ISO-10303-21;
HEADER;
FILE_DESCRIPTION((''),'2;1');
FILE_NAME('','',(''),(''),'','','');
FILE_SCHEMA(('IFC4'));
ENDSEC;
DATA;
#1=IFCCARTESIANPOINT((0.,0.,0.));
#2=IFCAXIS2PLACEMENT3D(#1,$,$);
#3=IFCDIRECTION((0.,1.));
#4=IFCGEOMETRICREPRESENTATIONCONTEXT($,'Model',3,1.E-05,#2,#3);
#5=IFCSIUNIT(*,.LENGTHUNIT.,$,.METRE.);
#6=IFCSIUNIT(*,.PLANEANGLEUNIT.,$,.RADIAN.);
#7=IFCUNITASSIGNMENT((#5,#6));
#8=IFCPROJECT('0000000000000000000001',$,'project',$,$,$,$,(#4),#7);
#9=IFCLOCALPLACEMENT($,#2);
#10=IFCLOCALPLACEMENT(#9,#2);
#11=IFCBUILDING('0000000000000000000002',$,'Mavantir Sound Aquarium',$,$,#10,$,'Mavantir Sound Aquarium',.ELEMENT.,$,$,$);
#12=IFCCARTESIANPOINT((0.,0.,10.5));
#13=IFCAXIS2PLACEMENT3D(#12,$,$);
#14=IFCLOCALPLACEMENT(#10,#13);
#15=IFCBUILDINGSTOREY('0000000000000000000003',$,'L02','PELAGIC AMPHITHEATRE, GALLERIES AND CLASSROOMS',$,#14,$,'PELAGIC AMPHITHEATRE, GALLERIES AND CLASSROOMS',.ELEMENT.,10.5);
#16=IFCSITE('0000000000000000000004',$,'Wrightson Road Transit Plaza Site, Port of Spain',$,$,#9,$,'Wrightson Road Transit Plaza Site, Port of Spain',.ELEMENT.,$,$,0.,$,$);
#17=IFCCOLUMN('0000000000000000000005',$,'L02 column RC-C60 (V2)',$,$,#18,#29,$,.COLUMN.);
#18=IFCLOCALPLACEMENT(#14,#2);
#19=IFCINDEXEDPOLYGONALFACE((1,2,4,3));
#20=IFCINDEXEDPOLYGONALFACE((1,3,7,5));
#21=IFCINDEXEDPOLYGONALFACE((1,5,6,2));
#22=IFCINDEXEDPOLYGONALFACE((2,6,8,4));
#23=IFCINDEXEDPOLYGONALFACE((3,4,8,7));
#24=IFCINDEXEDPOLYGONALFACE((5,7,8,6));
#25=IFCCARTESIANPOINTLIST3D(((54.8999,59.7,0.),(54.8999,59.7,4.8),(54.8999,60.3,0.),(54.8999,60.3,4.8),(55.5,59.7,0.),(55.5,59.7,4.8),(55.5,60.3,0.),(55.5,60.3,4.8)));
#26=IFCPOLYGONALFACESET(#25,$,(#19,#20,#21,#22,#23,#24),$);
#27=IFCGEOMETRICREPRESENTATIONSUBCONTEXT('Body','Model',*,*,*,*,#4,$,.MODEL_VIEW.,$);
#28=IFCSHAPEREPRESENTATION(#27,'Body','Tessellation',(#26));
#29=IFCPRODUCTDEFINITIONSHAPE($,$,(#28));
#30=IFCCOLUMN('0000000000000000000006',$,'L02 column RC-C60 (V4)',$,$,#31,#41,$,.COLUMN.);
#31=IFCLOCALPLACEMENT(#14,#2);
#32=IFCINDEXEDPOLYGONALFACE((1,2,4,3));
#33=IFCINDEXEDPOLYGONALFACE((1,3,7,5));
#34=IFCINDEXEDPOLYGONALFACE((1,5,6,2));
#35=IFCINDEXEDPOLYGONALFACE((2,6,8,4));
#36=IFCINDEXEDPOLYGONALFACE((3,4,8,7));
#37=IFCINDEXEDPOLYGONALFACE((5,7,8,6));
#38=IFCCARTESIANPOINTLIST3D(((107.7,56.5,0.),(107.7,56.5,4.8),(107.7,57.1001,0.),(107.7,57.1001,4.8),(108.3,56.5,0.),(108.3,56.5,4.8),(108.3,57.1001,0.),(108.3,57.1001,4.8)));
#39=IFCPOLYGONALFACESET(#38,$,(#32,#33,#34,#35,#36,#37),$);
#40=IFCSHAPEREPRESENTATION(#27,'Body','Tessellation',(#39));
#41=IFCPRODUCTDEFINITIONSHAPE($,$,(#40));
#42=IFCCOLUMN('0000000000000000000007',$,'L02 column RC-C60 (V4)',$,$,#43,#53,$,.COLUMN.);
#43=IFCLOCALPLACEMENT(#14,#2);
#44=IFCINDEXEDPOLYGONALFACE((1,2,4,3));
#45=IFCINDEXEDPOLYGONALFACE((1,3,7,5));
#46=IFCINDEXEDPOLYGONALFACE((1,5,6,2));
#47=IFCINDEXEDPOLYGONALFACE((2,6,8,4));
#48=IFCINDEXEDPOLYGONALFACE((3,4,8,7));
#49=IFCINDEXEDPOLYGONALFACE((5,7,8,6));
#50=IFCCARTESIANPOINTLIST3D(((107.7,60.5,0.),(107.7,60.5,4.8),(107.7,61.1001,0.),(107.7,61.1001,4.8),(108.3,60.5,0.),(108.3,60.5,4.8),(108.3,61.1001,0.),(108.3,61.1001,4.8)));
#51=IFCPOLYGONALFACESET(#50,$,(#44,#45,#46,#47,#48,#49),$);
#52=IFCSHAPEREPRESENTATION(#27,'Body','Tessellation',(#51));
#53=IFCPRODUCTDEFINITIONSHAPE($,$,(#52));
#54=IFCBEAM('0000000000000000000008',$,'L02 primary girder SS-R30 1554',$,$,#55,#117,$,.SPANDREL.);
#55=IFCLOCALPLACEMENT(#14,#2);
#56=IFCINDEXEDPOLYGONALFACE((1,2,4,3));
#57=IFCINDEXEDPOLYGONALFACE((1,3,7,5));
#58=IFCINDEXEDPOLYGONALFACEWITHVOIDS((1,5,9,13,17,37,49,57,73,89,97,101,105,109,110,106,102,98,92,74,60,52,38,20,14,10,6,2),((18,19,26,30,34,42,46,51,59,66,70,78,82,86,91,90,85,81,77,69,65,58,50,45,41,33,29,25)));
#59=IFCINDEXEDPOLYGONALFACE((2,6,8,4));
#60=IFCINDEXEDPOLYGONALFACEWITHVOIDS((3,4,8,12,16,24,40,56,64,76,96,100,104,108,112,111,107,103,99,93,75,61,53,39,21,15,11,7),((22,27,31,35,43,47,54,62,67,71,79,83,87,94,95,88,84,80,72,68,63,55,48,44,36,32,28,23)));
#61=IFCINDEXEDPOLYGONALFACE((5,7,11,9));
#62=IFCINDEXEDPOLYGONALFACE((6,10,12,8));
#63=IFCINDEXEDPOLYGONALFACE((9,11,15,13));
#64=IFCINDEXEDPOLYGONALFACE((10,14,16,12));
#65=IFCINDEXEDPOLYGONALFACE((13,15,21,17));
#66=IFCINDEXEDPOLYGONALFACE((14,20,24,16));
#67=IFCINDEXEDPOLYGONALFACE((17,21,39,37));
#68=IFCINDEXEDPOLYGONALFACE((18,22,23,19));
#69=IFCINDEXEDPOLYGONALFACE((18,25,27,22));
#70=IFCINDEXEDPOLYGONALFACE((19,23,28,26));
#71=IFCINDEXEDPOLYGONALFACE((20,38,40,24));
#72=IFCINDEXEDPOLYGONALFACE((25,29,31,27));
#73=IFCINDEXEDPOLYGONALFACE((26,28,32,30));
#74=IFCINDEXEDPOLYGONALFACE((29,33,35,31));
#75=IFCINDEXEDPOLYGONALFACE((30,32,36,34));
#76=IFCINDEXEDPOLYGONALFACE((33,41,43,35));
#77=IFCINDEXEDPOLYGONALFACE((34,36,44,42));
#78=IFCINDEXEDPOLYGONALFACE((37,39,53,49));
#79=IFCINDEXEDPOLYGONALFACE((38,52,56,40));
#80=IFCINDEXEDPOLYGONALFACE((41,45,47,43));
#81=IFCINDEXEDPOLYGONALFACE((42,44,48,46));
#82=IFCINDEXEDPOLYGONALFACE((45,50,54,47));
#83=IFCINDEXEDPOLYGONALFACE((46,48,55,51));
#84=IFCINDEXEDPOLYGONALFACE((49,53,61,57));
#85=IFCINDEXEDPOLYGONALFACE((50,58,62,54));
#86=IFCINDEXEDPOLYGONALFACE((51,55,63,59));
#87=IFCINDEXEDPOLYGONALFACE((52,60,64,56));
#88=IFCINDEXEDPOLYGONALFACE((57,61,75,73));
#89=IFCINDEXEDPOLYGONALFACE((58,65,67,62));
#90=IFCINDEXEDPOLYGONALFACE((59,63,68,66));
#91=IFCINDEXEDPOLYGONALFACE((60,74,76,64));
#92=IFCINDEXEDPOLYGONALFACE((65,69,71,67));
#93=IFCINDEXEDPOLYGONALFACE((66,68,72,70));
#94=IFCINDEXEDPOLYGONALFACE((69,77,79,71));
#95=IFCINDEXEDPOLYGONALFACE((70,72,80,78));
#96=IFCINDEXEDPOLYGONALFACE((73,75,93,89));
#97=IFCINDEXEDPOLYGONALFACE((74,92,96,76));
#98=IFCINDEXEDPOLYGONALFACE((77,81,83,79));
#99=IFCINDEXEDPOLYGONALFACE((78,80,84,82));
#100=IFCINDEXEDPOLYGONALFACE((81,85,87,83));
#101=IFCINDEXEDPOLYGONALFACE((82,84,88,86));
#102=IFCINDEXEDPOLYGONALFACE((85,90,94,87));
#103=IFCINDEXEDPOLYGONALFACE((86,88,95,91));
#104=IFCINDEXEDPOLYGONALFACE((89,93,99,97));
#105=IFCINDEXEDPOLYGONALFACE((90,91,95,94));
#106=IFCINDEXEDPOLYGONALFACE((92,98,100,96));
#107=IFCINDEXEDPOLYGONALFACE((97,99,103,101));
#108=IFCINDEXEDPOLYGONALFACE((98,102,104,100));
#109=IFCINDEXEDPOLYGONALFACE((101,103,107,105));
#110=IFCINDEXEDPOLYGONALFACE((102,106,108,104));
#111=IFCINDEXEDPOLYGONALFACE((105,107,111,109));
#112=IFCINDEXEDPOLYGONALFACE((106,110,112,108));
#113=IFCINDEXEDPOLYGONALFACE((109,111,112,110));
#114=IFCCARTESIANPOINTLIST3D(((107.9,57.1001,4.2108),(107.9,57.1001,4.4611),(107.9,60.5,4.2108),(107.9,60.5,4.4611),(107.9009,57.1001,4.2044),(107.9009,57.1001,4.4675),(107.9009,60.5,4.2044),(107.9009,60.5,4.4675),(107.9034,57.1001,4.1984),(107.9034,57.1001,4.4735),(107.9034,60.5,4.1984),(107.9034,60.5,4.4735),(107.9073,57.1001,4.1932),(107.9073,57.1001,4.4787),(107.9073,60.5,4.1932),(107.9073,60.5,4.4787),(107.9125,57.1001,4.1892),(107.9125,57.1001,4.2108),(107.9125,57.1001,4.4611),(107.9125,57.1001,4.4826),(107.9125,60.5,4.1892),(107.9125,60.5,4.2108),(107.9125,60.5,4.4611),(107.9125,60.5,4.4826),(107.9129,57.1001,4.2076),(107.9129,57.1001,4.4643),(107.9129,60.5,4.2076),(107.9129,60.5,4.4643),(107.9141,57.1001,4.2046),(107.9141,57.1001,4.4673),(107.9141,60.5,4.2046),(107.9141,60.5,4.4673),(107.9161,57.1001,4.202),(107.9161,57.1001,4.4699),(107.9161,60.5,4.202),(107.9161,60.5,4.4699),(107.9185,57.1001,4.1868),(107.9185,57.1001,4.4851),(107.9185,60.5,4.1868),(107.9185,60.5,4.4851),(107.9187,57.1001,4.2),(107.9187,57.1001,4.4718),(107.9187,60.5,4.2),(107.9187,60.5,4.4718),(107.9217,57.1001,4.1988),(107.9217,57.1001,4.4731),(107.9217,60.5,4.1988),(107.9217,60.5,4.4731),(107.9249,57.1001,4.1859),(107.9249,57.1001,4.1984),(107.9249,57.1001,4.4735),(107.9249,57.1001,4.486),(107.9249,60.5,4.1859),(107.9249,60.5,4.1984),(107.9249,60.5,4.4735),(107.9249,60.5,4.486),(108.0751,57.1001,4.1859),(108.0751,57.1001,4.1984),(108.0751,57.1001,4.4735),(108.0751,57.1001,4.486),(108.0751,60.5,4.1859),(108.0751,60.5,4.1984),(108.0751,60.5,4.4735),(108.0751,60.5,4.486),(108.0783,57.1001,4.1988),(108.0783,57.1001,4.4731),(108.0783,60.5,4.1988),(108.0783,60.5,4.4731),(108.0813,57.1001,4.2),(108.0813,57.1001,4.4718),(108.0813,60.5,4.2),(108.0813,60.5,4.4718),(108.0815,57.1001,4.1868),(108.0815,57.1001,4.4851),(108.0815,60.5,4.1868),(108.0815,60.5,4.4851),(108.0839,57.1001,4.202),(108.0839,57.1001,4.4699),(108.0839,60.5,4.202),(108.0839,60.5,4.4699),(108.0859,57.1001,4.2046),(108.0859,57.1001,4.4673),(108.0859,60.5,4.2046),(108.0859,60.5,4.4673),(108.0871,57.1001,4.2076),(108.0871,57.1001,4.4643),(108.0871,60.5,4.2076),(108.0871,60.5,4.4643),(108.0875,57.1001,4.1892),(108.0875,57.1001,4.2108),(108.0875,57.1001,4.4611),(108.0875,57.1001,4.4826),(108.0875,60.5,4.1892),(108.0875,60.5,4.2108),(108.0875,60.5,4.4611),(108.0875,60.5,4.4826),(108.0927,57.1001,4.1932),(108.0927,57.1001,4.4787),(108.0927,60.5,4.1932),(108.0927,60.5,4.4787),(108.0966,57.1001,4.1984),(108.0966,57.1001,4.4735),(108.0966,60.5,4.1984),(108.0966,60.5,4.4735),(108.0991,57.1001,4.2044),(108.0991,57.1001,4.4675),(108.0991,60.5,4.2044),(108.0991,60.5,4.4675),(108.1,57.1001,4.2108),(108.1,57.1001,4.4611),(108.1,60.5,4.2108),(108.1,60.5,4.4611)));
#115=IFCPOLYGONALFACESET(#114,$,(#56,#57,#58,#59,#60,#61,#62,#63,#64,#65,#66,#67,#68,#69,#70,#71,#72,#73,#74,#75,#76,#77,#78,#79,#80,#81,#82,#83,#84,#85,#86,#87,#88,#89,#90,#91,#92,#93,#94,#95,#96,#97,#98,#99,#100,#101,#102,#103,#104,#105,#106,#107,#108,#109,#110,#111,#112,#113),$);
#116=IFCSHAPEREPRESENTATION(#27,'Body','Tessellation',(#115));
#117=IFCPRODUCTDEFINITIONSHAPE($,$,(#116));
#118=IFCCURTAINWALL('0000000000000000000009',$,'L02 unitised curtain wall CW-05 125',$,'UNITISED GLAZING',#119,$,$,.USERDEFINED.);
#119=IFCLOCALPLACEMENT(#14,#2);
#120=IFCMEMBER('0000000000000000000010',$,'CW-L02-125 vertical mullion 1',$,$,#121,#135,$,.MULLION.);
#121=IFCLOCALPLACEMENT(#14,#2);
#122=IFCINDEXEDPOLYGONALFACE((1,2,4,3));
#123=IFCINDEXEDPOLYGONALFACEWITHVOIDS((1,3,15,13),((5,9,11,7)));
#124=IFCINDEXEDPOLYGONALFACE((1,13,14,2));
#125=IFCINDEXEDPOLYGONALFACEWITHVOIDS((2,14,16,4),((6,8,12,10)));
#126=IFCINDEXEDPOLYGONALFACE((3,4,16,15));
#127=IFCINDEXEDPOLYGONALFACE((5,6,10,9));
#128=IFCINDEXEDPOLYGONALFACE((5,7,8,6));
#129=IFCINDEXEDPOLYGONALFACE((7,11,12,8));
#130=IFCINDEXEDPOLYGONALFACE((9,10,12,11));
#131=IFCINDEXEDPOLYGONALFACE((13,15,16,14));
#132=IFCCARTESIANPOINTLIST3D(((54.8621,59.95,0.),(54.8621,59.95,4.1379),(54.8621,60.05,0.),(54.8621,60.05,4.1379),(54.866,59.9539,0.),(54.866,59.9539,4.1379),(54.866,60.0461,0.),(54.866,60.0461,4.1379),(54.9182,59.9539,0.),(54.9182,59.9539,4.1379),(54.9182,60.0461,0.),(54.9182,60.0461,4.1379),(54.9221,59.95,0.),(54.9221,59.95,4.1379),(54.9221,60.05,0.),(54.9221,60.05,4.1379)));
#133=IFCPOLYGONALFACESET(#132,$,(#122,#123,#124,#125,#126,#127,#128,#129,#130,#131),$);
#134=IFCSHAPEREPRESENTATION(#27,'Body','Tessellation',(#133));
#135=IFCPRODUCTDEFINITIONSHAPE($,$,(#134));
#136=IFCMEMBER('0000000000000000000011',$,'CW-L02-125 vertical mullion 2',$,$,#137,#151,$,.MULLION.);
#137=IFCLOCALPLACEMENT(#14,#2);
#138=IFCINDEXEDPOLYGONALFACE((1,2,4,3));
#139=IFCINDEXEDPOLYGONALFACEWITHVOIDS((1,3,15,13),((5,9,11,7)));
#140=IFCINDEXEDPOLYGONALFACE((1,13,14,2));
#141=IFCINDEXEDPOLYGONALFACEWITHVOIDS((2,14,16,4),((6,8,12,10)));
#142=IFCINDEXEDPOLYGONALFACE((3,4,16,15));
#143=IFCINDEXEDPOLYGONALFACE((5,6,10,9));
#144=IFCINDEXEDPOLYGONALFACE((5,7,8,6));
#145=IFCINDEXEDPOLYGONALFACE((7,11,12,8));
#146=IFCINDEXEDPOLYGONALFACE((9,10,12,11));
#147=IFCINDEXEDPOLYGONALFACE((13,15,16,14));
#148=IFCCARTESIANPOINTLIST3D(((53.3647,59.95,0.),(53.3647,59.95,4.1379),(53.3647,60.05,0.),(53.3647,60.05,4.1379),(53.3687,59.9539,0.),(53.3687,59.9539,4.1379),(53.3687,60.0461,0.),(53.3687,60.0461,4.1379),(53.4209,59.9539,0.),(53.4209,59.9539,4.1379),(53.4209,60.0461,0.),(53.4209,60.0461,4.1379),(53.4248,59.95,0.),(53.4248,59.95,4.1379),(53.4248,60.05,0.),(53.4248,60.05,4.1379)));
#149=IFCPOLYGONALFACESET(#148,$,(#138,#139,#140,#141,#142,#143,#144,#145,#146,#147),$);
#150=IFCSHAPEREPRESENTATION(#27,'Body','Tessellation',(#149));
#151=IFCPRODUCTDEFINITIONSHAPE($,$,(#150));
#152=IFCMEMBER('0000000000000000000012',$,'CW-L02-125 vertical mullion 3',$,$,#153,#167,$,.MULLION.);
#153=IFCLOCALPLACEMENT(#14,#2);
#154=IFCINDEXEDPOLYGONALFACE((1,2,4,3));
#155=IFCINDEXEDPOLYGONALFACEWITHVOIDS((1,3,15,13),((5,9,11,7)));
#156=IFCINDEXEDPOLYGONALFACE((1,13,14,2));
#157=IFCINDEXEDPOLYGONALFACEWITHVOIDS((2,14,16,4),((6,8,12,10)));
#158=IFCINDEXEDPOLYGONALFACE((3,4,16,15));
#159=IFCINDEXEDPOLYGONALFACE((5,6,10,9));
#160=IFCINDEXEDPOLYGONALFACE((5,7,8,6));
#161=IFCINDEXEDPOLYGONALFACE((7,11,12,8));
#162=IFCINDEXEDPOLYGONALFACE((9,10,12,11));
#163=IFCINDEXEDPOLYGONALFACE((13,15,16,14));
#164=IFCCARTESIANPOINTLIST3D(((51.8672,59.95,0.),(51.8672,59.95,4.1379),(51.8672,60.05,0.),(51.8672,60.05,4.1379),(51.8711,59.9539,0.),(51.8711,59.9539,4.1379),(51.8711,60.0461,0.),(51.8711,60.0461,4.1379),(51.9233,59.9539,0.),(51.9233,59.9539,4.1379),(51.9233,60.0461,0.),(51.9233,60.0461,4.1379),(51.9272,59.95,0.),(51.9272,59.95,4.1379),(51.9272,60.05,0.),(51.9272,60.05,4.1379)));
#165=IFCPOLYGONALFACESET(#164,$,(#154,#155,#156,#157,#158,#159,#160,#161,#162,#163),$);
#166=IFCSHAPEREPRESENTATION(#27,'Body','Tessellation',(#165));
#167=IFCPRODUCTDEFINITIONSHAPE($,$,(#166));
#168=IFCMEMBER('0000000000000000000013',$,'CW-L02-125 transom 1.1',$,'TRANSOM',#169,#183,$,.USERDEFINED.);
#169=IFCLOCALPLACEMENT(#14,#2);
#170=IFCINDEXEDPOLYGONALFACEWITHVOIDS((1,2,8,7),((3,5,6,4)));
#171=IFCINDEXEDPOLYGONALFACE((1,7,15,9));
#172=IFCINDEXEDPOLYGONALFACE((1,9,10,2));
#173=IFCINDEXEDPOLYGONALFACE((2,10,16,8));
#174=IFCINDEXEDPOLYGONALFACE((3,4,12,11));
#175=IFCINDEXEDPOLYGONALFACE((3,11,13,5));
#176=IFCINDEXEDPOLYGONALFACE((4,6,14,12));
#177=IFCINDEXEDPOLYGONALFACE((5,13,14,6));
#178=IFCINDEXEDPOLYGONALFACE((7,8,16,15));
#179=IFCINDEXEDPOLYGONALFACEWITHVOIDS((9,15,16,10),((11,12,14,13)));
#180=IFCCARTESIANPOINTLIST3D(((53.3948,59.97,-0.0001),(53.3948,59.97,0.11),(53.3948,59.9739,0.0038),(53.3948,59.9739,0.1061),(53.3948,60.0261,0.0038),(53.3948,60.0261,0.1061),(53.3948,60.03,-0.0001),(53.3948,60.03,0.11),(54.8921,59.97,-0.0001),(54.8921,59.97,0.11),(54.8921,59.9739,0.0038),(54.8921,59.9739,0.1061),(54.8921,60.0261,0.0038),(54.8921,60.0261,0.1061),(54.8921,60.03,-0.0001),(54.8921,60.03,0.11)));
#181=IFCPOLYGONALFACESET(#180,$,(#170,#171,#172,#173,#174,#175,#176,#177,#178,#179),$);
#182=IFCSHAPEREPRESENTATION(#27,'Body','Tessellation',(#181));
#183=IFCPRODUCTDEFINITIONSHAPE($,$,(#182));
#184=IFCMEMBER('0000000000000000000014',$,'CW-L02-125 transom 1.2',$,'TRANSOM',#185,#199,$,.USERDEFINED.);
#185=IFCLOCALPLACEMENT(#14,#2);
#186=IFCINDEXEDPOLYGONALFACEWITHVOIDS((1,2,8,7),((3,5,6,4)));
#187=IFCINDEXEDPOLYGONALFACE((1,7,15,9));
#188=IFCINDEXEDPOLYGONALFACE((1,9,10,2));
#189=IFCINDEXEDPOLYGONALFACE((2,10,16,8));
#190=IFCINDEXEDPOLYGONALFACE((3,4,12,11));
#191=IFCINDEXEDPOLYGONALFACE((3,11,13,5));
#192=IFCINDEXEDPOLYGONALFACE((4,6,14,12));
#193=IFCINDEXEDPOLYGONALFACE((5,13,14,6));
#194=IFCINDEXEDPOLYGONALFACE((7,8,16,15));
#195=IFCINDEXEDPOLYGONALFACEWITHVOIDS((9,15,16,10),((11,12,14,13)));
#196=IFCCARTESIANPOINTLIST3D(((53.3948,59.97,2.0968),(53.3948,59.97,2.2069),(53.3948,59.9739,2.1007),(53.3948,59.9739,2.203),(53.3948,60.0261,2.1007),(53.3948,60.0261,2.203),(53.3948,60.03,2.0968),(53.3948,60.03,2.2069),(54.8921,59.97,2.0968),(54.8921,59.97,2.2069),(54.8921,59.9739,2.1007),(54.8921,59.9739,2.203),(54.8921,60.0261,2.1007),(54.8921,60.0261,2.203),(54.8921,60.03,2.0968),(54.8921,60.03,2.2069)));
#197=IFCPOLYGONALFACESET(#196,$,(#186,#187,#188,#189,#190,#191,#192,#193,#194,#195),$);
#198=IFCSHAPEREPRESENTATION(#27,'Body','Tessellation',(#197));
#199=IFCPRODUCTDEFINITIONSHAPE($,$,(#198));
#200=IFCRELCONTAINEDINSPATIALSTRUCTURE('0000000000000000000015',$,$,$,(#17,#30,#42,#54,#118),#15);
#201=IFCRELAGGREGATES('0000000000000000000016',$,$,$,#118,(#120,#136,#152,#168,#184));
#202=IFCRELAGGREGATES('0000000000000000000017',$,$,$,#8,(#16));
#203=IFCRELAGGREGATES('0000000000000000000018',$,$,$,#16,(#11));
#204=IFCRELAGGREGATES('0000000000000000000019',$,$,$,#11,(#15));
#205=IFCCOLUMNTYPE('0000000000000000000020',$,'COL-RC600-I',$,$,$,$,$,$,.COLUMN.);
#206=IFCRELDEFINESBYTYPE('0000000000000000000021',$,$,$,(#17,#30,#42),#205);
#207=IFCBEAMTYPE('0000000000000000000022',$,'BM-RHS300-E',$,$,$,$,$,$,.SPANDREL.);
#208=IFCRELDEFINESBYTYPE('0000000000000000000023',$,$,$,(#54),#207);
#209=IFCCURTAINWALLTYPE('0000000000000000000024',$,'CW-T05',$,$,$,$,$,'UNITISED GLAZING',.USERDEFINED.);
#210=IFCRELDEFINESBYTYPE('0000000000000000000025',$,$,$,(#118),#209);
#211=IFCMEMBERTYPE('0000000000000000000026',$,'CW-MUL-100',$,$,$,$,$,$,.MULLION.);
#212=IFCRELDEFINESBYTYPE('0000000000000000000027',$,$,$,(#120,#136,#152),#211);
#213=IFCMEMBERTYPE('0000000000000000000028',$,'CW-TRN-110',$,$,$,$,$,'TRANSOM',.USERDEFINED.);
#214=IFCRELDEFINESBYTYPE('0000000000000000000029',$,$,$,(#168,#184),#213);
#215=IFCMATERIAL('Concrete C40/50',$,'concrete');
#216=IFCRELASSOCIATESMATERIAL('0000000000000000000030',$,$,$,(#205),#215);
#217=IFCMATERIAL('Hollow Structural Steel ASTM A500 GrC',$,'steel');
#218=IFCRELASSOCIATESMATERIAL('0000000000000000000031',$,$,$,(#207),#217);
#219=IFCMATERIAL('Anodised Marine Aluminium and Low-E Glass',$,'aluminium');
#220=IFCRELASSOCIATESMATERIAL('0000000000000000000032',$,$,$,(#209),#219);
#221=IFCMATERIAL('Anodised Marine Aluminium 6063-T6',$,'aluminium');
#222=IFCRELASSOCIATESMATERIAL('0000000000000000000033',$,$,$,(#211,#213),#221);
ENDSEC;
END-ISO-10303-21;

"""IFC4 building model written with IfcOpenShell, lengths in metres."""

from ifc_helpers import new_model, si_unit, direction, frame, origin, origin_2d, place, context, subcontext, project, spatial, rectangle, hollow_rectangle, extrude, material, material_profile, profile_set, type_object, element, aggregate, save


model = new_model("IFC4")

# Units and contexts
model_context = context("Model", 3, precision=1e-05, world=origin(), true_north=direction((0.0, 1.0)))
body_context = subcontext(model_context, "Body", "Model", "MODEL_VIEW")
ifc_project = project(units=[si_unit("LENGTHUNIT", "METRE"), si_unit("PLANEANGLEUNIT", "RADIAN")], contexts=[model_context])

# Site, building, storey
site_placement = place(None, origin())
site = spatial("IfcSite", under=ifc_project, at=site_placement, Name="Wrightson Road Transit Plaza Site, Port of Spain", LongName="Wrightson Road Transit Plaza Site, Port of Spain", CompositionType="ELEMENT", RefElevation=0.0)
building_placement = place(site_placement, origin())
building = spatial("IfcBuilding", under=site, at=building_placement, Name="Mavantir Sound Aquarium", LongName="Mavantir Sound Aquarium", CompositionType="ELEMENT")
storey_placement = place(building_placement, frame((0.0, 0.0, 10.5)))
storey = spatial("IfcBuildingStorey", under=building, at=storey_placement, Name="L02", Description="PELAGIC AMPHITHEATRE, GALLERIES AND CLASSROOMS", LongName="PELAGIC AMPHITHEATRE, GALLERIES AND CLASSROOMS", CompositionType="ELEMENT", Elevation=10.5)

# Columns
ifc_material_1 = material(Name="Concrete C40/50", Category="concrete")
ifc_material_profile_1 = material_profile(ifc_material_1, rectangle(XDim=0.6001, YDim=0.6001, at=origin_2d()), Name="RC 600X600")
ifc_profile_set_1 = profile_set([ifc_material_profile_1], Name="Concrete C40/50")
column_type = type_object("IfcColumnType", Name="COL-RC600-I", PredefinedType="COLUMN", material=ifc_profile_set_1)
for number, where, z_axis, x_axis, name in (
    (1, (55.2, 60.0, 0.0), (0.0, 0.0, 1.0), (1.0, 0.0, 0.0), "L02 column RC-C60 (V2)"),
    (2, (108.0, 56.8, 0.0), (0.0, 0.0, 1.0), (1.0, 0.0, 0.0), "L02 column RC-C60 (V4)"),
    (3, (108.0, 60.8, 0.0), (0.0, 0.0, 1.0), (1.0, 0.0, 0.0), "L02 column RC-C60 (V4)"),
):
    element("IfcColumn", number, at=place(storey_placement, frame(where, z_axis=z_axis, x_axis=x_axis)), inside=storey, type_object=column_type, Name=name, PredefinedType="COLUMN", context=body_context, shape_type="SweptSolid", body=[
        extrude(rectangle(XDim=0.6001, YDim=0.6001, at=origin_2d()), origin(), (0.0, 0.0, 1.0), 4.8),
    ])

# Beam
ifc_material_2 = material(Name="Hollow Structural Steel ASTM A500 GrC", Category="steel")
ifc_material_profile_2 = material_profile(ifc_material_2, hollow_rectangle(XDim=0.2, YDim=0.3, WallThickness=0.0125, InnerFilletRadius=0.0125, OuterFilletRadius=0.0249, at=origin_2d()), Name="RHS 300X200X12.5")
ifc_profile_set_2 = profile_set([ifc_material_profile_2], Name="Hollow Structural Steel ASTM A500 GrC")
beam_type = type_object("IfcBeamType", Name="BM-RHS300-E", PredefinedType="SPANDREL", material=ifc_profile_set_2)
beam_placement = place(storey_placement, frame((108.0, 57.1001, 4.3359), z_axis=(0.0, 1.0, 0.0), x_axis=(-1.0, 0.0, 0.0)))
element("IfcBeam", 4, at=beam_placement, inside=storey, type_object=beam_type, Name="L02 primary girder SS-R30 1554", PredefinedType="SPANDREL", context=body_context, shape_type="SweptSolid", body=[
    extrude(hollow_rectangle(XDim=0.2, YDim=0.3, WallThickness=0.0125, InnerFilletRadius=0.0125, OuterFilletRadius=0.0249, at=origin_2d()), origin(), (0.0, 0.0, 1.0), 3.3999),
])

# Curtain wall, members
ifc_material_3 = material(Name="Anodised Marine Aluminium and Low-E Glass", Category="aluminium")
curtain_wall_type = type_object("IfcCurtainWallType", Name="CW-T05", ElementType="UNITISED GLAZING", PredefinedType="USERDEFINED", material=ifc_material_3)
curtain_wall_placement = place(storey_placement, origin())
curtain_wall = element("IfcCurtainWall", 5, at=curtain_wall_placement, inside=storey, type_object=curtain_wall_type, Name="L02 unitised curtain wall CW-05 125", ObjectType="UNITISED GLAZING", PredefinedType="USERDEFINED")
ifc_material_4 = material(Name="Anodised Marine Aluminium 6063-T6", Category="aluminium")
ifc_material_profile_3 = material_profile(ifc_material_4, hollow_rectangle(XDim=0.0601, YDim=0.1001, WallThickness=0.0039, at=origin_2d()), Name="ALU-MULLION-100X60")
ifc_profile_set_3 = profile_set([ifc_material_profile_3], Name="Anodised Marine Aluminium 6063-T6")
member_type_1 = type_object("IfcMemberType", Name="CW-MUL-100", PredefinedType="MULLION", material=ifc_profile_set_3)
member_1_placement = place(storey_placement, frame((54.8921, 60.0, 0.0), z_axis=(0.0, 0.0, 1.0), x_axis=(1.0, 0.0, 0.0)))
member_1 = element("IfcMember", 6, at=member_1_placement, type_object=member_type_1, Name="CW-L02-125 vertical mullion 1", PredefinedType="MULLION", context=body_context, shape_type="SweptSolid", body=[
    extrude(hollow_rectangle(XDim=0.0601, YDim=0.1001, WallThickness=0.0039, at=origin_2d()), origin(), (0.0, 0.0, 1.0), 4.1379),
])
member_2_placement = place(storey_placement, frame((53.3948, 60.0, 0.0), z_axis=(0.0, 0.0, 1.0), x_axis=(1.0, 0.0, 0.0)))
member_2 = element("IfcMember", 7, at=member_2_placement, type_object=member_type_1, Name="CW-L02-125 vertical mullion 2", PredefinedType="MULLION", context=body_context, shape_type="SweptSolid", body=[
    extrude(hollow_rectangle(XDim=0.0601, YDim=0.1001, WallThickness=0.0039, at=origin_2d()), origin(), (0.0, 0.0, 1.0), 4.1379),
])
member_3_placement = place(storey_placement, frame((51.8972, 60.0, 0.0), z_axis=(0.0, 0.0, 1.0), x_axis=(1.0, 0.0, 0.0)))
member_3 = element("IfcMember", 8, at=member_3_placement, type_object=member_type_1, Name="CW-L02-125 vertical mullion 3", PredefinedType="MULLION", context=body_context, shape_type="SweptSolid", body=[
    extrude(hollow_rectangle(XDim=0.0601, YDim=0.1001, WallThickness=0.0039, at=origin_2d()), origin(), (0.0, 0.0, 1.0), 4.1379),
])
ifc_material_profile_4 = material_profile(ifc_material_4, hollow_rectangle(XDim=0.0601, YDim=0.1101, WallThickness=0.0039, at=origin_2d()), Name="ALU-TRANSOM-110X60")
ifc_profile_set_4 = profile_set([ifc_material_profile_4], Name="Anodised Marine Aluminium 6063-T6")
member_type_2 = type_object("IfcMemberType", Name="CW-TRN-110", ElementType="TRANSOM", PredefinedType="USERDEFINED", material=ifc_profile_set_4)
member_4_placement = place(storey_placement, frame((54.8921, 60.0, 0.0549), z_axis=(-1.0, 0.0, 0.0), x_axis=(0.0, -1.0, 0.0)))
member_4 = element("IfcMember", 9, at=member_4_placement, type_object=member_type_2, Name="CW-L02-125 transom 1.1", ObjectType="TRANSOM", PredefinedType="USERDEFINED", context=body_context, shape_type="SweptSolid", body=[
    extrude(hollow_rectangle(XDim=0.0601, YDim=0.1101, WallThickness=0.0039, at=origin_2d()), origin(), (0.0, 0.0, 1.0), 1.4973),
])
member_5_placement = place(storey_placement, frame((54.8921, 60.0, 2.1519), z_axis=(-1.0, 0.0, 0.0), x_axis=(0.0, -1.0, 0.0)))
member_5 = element("IfcMember", 10, at=member_5_placement, type_object=member_type_2, Name="CW-L02-125 transom 1.2", ObjectType="TRANSOM", PredefinedType="USERDEFINED", context=body_context, shape_type="SweptSolid", body=[
    extrude(hollow_rectangle(XDim=0.0601, YDim=0.1101, WallThickness=0.0039, at=origin_2d()), origin(), (0.0, 0.0, 1.0), 1.4973),
])
aggregate(curtain_wall, [member_1, member_2, member_3, member_4, member_5])

save(model, "model.ifc")
